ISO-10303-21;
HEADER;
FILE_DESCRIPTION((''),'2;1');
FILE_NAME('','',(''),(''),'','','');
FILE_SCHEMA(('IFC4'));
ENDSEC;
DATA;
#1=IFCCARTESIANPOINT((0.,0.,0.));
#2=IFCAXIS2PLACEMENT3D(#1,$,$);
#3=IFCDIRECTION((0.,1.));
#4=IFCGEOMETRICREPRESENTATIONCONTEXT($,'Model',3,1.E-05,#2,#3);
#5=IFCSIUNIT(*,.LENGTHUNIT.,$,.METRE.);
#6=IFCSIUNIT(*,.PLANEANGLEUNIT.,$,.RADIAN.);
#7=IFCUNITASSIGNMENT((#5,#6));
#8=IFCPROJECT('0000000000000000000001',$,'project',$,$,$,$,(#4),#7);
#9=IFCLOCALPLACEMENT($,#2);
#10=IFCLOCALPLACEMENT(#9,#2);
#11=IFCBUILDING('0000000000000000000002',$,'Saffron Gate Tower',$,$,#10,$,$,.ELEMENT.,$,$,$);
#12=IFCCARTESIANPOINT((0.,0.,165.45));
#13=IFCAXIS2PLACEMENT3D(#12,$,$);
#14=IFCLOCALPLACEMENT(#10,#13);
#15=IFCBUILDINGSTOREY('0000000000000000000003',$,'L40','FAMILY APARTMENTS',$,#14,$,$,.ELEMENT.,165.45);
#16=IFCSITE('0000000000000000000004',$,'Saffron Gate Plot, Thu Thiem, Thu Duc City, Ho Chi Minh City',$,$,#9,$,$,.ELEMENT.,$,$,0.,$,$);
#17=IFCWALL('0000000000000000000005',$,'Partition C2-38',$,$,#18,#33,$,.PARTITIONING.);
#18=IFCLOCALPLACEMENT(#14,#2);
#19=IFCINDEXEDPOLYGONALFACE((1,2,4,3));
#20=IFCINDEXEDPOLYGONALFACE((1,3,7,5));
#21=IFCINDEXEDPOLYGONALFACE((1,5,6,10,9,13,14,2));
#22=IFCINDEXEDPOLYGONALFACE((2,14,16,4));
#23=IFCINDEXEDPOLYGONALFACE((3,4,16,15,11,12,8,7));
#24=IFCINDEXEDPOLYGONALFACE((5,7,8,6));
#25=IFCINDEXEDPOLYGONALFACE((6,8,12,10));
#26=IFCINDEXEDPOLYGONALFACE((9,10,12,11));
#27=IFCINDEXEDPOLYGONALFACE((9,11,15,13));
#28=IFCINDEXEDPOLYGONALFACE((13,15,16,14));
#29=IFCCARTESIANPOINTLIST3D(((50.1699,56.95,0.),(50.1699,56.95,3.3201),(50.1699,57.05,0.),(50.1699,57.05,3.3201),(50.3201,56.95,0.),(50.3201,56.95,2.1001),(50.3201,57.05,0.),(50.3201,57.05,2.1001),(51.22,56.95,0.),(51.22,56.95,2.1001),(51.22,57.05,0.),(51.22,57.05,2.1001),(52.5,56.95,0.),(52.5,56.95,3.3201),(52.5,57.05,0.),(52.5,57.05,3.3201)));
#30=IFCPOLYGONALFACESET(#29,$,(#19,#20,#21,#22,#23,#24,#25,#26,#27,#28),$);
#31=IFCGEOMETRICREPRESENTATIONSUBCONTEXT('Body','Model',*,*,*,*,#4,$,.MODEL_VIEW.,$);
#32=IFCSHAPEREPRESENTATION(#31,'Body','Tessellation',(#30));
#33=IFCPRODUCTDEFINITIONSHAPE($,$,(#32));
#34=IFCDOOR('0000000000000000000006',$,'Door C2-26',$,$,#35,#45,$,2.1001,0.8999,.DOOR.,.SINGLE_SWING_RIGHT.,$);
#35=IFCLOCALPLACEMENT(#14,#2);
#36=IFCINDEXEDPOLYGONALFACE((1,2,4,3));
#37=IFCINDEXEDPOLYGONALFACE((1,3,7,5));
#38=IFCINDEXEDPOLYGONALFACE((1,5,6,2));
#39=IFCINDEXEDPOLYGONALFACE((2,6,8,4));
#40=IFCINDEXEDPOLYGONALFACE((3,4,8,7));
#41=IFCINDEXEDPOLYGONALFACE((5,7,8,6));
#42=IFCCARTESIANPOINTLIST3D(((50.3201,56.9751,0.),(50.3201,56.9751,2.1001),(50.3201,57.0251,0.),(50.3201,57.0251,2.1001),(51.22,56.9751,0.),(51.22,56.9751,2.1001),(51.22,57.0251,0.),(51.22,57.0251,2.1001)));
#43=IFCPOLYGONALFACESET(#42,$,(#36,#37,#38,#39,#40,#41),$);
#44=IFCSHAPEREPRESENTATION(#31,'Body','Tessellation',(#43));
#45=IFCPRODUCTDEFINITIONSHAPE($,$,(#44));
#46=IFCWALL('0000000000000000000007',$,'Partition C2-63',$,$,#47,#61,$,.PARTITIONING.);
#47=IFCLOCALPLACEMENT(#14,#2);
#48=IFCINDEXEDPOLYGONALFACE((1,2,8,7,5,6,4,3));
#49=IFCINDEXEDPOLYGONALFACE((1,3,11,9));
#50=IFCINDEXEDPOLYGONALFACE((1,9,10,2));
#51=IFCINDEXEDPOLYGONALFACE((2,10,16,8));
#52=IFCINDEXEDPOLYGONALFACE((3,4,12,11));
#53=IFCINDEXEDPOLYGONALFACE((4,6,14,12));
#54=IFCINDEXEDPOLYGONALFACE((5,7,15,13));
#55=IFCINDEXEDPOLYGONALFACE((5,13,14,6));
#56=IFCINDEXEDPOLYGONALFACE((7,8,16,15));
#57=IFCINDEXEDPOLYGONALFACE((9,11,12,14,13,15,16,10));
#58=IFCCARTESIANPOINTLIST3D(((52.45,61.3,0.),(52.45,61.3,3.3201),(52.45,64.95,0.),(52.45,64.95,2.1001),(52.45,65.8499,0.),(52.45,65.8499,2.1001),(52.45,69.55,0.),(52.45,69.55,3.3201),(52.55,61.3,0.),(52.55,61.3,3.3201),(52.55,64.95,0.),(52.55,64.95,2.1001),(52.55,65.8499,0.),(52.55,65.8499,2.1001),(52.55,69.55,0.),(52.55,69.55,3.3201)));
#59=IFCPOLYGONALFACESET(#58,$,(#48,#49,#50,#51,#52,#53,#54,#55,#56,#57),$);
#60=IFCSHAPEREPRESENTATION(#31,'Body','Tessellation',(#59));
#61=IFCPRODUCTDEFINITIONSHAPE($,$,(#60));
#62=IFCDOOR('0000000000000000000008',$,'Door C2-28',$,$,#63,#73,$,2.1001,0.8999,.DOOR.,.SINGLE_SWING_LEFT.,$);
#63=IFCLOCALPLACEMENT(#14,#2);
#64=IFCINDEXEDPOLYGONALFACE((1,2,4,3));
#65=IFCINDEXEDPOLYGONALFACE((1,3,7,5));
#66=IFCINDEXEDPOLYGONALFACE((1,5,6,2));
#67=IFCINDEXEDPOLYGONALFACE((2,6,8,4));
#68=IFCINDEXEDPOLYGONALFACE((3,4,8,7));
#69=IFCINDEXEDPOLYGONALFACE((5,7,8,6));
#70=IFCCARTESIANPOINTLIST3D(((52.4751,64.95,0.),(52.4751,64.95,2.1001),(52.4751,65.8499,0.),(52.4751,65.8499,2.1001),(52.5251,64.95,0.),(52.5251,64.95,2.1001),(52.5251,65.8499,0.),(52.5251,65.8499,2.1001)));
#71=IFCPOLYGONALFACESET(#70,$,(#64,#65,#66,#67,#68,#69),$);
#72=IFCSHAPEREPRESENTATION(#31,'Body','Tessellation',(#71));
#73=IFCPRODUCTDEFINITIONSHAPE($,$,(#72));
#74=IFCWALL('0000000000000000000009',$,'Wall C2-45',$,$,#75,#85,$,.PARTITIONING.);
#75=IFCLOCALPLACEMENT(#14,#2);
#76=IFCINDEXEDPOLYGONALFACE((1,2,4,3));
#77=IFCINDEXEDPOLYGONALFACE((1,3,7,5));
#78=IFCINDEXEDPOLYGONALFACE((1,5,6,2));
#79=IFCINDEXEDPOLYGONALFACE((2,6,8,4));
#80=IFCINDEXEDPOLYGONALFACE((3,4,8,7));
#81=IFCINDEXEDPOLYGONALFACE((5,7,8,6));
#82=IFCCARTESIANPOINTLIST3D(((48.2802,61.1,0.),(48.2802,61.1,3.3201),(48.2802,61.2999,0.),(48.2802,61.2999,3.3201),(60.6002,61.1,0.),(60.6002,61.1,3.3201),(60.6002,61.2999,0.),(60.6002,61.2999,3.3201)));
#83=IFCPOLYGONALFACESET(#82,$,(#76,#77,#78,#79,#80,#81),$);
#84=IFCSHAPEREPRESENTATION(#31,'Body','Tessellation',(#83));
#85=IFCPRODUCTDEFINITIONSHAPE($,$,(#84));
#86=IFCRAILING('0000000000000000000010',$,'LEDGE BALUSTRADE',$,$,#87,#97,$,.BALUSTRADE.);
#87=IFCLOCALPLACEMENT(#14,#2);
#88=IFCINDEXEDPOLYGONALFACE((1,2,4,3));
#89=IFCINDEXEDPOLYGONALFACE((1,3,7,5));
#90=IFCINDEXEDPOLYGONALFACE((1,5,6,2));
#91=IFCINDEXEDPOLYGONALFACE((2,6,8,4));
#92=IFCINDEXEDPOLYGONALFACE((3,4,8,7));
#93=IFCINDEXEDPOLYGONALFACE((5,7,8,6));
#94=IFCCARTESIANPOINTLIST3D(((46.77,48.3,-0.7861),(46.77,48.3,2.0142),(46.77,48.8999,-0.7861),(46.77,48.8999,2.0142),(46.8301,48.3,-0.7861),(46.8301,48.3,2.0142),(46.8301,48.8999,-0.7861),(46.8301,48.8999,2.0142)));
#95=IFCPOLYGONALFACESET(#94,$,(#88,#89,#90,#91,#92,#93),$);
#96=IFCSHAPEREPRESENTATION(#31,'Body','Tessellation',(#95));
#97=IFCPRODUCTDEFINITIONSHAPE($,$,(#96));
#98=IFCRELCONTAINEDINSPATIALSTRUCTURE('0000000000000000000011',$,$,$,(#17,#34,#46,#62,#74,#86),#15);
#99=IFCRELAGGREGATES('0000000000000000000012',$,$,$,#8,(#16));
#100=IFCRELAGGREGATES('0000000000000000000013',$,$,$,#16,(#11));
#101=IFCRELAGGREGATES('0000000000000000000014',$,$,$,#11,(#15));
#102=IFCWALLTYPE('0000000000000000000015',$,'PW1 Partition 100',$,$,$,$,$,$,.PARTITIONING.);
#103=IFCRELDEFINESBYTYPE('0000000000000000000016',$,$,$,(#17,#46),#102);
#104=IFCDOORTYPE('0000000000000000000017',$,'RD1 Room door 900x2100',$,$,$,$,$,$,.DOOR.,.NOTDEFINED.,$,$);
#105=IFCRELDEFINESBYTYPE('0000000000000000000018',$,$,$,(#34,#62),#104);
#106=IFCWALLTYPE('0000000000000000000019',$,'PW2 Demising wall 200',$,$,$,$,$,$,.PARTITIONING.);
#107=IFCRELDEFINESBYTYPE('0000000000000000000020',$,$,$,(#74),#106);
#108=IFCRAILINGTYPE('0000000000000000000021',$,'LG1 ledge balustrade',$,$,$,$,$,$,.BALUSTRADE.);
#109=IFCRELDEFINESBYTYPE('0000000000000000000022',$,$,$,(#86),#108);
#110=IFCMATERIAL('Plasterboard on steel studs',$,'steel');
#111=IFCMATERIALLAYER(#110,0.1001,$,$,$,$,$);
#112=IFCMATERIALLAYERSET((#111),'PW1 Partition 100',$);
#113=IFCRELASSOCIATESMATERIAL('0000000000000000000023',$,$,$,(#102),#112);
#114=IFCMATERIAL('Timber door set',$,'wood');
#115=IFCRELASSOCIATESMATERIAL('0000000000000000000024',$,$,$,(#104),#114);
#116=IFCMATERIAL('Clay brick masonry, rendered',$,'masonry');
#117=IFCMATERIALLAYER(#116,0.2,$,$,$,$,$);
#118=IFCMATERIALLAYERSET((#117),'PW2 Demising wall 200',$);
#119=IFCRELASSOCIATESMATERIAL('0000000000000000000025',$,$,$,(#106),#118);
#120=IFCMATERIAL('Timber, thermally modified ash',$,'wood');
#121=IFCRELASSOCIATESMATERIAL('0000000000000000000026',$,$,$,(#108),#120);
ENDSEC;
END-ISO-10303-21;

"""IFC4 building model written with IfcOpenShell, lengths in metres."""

from ifc_helpers import new_model, si_unit, direction, frame, frame_2d, origin, origin_2d, place, context, subcontext, project, spatial, rectangle, extrude, material, layer, layer_set, type_object, element, fill, save


model = new_model("IFC4")

# Units and contexts
model_context = context("Model", 3, precision=1e-05, world=origin(), true_north=direction((0.0, 1.0)))
body_context = subcontext(model_context, "Body", "Model", "MODEL_VIEW")
ifc_project = project(units=[si_unit("LENGTHUNIT", "METRE"), si_unit("PLANEANGLEUNIT", "RADIAN")], contexts=[model_context])

# Site, building, storey
site_placement = place(None, origin())
site = spatial("IfcSite", under=ifc_project, at=site_placement, Name="Saffron Gate Plot, Thu Thiem, Thu Duc City, Ho Chi Minh City", CompositionType="ELEMENT", RefElevation=0.0)
building_placement = place(site_placement, origin())
building = spatial("IfcBuilding", under=site, at=building_placement, Name="Saffron Gate Tower", CompositionType="ELEMENT")
storey_placement = place(building_placement, frame((0.0, 0.0, 165.45)))
storey = spatial("IfcBuildingStorey", under=building, at=storey_placement, Name="L40", Description="FAMILY APARTMENTS", CompositionType="ELEMENT", Elevation=165.45)

# Shared definitions
ifc_material_1 = material(Name="Plasterboard on steel studs", Category="steel")
ifc_layer_1 = layer(ifc_material_1, 0.1001)
ifc_layer_set_1 = layer_set([ifc_layer_1], Name="PW1 Partition 100")
wall_type_1 = type_object("IfcWallType", Name="PW1 Partition 100", PredefinedType="PARTITIONING", material=ifc_layer_set_1)

# Walls, openings, doors
wall_1_placement = place(storey_placement, frame((52.5, 57.0, 0.0), z_axis=(0.0, 0.0, 1.0), x_axis=(-1.0, 0.0, 0.0)))
wall_1 = element("IfcWall", 1, at=wall_1_placement, inside=storey, type_object=wall_type_1, Name="Partition C2-38", PredefinedType="PARTITIONING", context=body_context, shape_type="SweptSolid", body=[
    extrude(rectangle(XDim=2.3301, YDim=0.1001, at=frame_2d((1.165, 0.0))), origin(), (0.0, 0.0, 1.0), 3.3201),
])
opening_1_placement = place(wall_1_placement, frame((1.28, 0.0, 0.0)))
opening_1 = element("IfcOpeningElement", 2, at=opening_1_placement, cuts=wall_1, PredefinedType="OPENING", context=body_context, shape_type="SweptSolid", body=[
    extrude(rectangle(XDim=0.8999, YDim=2.1001, at=frame_2d((0.45, 1.05))), frame((0.0, 0.0601, 0.0), z_axis=(0.0, -1.0, 0.0), x_axis=(1.0, 0.0, 0.0)), (0.0, 0.0, 1.0), 0.1201),
])
ifc_material_2 = material(Name="Timber door set", Category="wood")
door_type = type_object("IfcDoorType", Name="RD1 Room door 900x2100", OperationType="NOTDEFINED", PredefinedType="DOOR", material=ifc_material_2)
door_1_placement = place(opening_1_placement, origin())
door_1 = element("IfcDoor", 3, at=door_1_placement, inside=storey, type_object=door_type, Name="Door C2-26", OperationType="SINGLE_SWING_RIGHT", OverallHeight=2.1001, OverallWidth=0.8999, PredefinedType="DOOR", context=body_context, shape_type="SweptSolid", body=[
    extrude(rectangle(XDim=0.8999, YDim=2.1001, at=frame_2d((0.45, 1.05))), frame((0.0, 0.0249, 0.0), z_axis=(0.0, -1.0, 0.0), x_axis=(1.0, 0.0, 0.0)), (0.0, 0.0, 1.0), 0.05),
])
fill(opening_1, door_1)
wall_2_placement = place(storey_placement, frame((52.5, 61.3, 0.0), z_axis=(0.0, 0.0, 1.0), x_axis=(0.0, 1.0, 0.0)))
wall_2 = element("IfcWall", 4, at=wall_2_placement, inside=storey, type_object=wall_type_1, Name="Partition C2-63", PredefinedType="PARTITIONING", context=body_context, shape_type="SweptSolid", body=[
    extrude(rectangle(XDim=8.25, YDim=0.1001, at=frame_2d((4.125, 0.0))), origin(), (0.0, 0.0, 1.0), 3.3201),
])
opening_2_placement = place(wall_2_placement, frame((3.6499, 0.0, 0.0)))
opening_2 = element("IfcOpeningElement", 5, at=opening_2_placement, cuts=wall_2, PredefinedType="OPENING", context=body_context, shape_type="SweptSolid", body=[
    extrude(rectangle(XDim=0.8999, YDim=2.1001, at=frame_2d((0.45, 1.05))), frame((0.0, 0.0601, 0.0), z_axis=(0.0, -1.0, 0.0), x_axis=(1.0, 0.0, 0.0)), (0.0, 0.0, 1.0), 0.1201),
])
door_2_placement = place(opening_2_placement, origin())
door_2 = element("IfcDoor", 6, at=door_2_placement, inside=storey, type_object=door_type, Name="Door C2-28", OperationType="SINGLE_SWING_LEFT", OverallHeight=2.1001, OverallWidth=0.8999, PredefinedType="DOOR", context=body_context, shape_type="SweptSolid", body=[
    extrude(rectangle(XDim=0.8999, YDim=2.1001, at=frame_2d((0.45, 1.05))), frame((0.0, 0.0249, 0.0), z_axis=(0.0, -1.0, 0.0), x_axis=(1.0, 0.0, 0.0)), (0.0, 0.0, 1.0), 0.05),
])
fill(opening_2, door_2)

# Wall
ifc_material_3 = material(Name="Clay brick masonry, rendered", Category="masonry")
ifc_layer_2 = layer(ifc_material_3, 0.2)
ifc_layer_set_2 = layer_set([ifc_layer_2], Name="PW2 Demising wall 200")
wall_type_2 = type_object("IfcWallType", Name="PW2 Demising wall 200", PredefinedType="PARTITIONING", material=ifc_layer_set_2)
wall_3_placement = place(storey_placement, frame((48.28, 61.2, 0.0), z_axis=(0.0, 0.0, 1.0), x_axis=(1.0, 0.0, 0.0)))
element("IfcWall", 7, at=wall_3_placement, inside=storey, type_object=wall_type_2, Name="Wall C2-45", PredefinedType="PARTITIONING", context=body_context, shape_type="SweptSolid", body=[
    extrude(rectangle(XDim=12.3201, YDim=0.2, at=frame_2d((6.1602, 0.0))), origin(), (0.0, 0.0, 1.0), 3.3201),
])

# Railing
ifc_material_4 = material(Name="Timber, thermally modified ash", Category="wood")
railing_type = type_object("IfcRailingType", Name="LG1 ledge balustrade", PredefinedType="BALUSTRADE", material=ifc_material_4)
railing_placement = place(storey_placement, frame((46.8, 48.8999, -0.7861)))
element("IfcRailing", 8, at=railing_placement, inside=storey, type_object=railing_type, Name="LEDGE BALUSTRADE", PredefinedType="BALUSTRADE", context=body_context, shape_type="SweptSolid", body=[
    extrude(rectangle(XDim=0.0601, YDim=2.8003, at=origin_2d()), frame((0.0, 0.0, 1.4001), z_axis=(0.0, -1.0, 0.0), x_axis=(1.0, 0.0, 0.0)), (0.0, 0.0, 1.0), 0.5999),
])

save(model, "model.ifc")
